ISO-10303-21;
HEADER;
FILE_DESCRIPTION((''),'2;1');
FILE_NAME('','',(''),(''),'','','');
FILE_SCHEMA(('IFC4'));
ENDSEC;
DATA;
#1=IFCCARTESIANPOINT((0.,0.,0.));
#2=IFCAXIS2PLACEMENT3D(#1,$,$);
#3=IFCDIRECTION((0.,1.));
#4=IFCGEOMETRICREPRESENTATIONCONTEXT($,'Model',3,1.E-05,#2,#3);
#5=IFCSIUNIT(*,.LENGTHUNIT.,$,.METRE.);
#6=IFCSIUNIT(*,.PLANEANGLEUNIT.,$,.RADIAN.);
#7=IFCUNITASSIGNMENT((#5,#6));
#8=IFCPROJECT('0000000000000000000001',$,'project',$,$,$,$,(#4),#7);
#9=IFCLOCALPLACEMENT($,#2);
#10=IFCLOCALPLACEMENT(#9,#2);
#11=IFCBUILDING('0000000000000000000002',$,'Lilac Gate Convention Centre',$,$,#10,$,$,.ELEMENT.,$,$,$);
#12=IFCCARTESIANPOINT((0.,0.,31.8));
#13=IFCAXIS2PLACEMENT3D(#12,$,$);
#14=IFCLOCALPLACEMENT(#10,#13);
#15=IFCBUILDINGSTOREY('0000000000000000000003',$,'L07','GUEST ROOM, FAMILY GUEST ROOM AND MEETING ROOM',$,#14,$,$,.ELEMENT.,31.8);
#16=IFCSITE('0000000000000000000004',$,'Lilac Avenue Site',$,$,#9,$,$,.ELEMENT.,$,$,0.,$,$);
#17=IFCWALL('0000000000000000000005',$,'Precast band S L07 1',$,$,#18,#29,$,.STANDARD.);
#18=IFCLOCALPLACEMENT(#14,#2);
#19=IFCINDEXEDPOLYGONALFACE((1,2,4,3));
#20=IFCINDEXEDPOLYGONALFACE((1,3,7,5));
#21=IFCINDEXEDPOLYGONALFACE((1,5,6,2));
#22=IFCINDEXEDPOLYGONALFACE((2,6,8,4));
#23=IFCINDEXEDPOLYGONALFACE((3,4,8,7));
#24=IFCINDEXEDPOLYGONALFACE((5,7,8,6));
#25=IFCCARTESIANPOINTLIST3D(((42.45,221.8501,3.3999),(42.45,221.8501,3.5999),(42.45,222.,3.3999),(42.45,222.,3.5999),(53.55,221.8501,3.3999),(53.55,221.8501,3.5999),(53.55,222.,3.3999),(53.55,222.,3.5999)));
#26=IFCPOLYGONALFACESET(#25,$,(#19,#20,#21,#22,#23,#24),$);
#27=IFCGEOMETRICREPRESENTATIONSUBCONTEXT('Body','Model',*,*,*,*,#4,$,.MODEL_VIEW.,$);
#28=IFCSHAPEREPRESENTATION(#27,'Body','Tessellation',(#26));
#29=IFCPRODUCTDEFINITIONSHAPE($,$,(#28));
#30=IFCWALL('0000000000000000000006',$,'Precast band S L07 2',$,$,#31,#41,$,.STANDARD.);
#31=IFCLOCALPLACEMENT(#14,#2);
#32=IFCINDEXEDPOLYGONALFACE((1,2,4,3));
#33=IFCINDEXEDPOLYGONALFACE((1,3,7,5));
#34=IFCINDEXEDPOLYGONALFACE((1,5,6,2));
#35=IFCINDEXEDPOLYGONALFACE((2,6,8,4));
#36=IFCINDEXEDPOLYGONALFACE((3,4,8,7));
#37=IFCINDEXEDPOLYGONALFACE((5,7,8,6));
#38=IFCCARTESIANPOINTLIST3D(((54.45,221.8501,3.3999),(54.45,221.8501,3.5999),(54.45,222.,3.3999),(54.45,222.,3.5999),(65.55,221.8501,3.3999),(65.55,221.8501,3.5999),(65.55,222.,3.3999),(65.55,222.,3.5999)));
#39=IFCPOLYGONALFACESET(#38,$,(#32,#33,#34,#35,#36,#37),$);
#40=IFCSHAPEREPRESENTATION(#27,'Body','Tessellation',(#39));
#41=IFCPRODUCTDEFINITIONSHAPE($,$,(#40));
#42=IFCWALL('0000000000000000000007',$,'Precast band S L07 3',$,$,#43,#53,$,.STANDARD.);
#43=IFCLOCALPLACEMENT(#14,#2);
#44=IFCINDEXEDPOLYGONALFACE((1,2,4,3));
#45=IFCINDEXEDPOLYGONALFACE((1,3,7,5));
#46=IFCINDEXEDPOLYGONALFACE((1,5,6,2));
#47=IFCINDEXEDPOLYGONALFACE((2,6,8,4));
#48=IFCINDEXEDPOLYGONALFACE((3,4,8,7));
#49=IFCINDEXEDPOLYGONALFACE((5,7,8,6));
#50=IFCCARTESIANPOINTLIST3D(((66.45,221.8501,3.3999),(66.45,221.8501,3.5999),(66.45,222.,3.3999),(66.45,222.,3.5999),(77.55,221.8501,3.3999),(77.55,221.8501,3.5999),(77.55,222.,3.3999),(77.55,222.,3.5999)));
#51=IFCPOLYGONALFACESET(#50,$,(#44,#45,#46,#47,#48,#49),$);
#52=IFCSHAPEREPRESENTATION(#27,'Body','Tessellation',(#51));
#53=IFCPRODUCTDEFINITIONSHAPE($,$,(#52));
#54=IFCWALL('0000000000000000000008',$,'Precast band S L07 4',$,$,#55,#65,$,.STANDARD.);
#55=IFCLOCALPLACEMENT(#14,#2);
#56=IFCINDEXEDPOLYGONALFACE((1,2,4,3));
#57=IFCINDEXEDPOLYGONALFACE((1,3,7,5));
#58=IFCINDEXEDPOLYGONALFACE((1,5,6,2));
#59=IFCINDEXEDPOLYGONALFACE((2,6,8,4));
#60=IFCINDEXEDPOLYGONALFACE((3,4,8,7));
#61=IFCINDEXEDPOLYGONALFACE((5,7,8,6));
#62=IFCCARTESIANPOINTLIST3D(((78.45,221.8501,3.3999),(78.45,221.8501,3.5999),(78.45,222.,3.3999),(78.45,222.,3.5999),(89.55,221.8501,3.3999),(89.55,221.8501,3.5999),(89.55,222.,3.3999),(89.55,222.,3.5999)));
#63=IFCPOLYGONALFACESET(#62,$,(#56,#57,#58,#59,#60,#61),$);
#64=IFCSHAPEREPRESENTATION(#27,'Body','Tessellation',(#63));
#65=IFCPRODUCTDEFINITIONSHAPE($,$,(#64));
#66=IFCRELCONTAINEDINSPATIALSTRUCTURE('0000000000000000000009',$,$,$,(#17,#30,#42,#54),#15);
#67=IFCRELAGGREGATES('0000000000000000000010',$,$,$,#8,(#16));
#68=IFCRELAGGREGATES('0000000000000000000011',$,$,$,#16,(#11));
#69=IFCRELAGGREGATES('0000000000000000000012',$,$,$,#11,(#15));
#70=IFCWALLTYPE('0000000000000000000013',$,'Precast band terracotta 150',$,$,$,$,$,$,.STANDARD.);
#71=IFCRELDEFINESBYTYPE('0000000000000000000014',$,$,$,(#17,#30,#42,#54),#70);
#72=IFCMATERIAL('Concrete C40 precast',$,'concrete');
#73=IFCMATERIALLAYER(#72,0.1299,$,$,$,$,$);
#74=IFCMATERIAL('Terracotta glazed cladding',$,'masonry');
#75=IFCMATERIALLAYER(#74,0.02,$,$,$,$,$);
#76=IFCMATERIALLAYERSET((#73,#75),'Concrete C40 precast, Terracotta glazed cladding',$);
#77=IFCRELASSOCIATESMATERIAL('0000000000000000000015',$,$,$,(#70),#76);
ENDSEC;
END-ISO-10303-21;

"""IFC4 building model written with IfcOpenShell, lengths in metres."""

from ifc_helpers import new_model, si_unit, direction, frame, frame_2d, origin, place, context, subcontext, project, spatial, rectangle, extrude, material, layer, layer_set, type_object, element, save


model = new_model("IFC4")

# Units and contexts
model_context = context("Model", 3, precision=1e-05, world=origin(), true_north=direction((0.0, 1.0)))
body_context = subcontext(model_context, "Body", "Model", "MODEL_VIEW")
ifc_project = project(units=[si_unit("LENGTHUNIT", "METRE"), si_unit("PLANEANGLEUNIT", "RADIAN")], contexts=[model_context])

# Site, building, storey
site_placement = place(None, origin())
site = spatial("IfcSite", under=ifc_project, at=site_placement, Name="Lilac Avenue Site", CompositionType="ELEMENT", RefElevation=0.0)
building_placement = place(site_placement, origin())
building = spatial("IfcBuilding", under=site, at=building_placement, Name="Lilac Gate Convention Centre", CompositionType="ELEMENT")
storey_placement = place(building_placement, frame((0.0, 0.0, 31.8)))
storey = spatial("IfcBuildingStorey", under=building, at=storey_placement, Name="L07", Description="GUEST ROOM, FAMILY GUEST ROOM AND MEETING ROOM", CompositionType="ELEMENT", Elevation=31.8)

# Walls
ifc_material_1 = material(Name="Concrete C40 precast", Category="concrete")
ifc_layer_1 = layer(ifc_material_1, 0.1299)
ifc_material_2 = material(Name="Terracotta glazed cladding", Category="masonry")
ifc_layer_2 = layer(ifc_material_2, 0.02)
ifc_layer_set_1 = layer_set([ifc_layer_1, ifc_layer_2], Name="Concrete C40 precast, Terracotta glazed cladding")
wall_type = type_object("IfcWallType", Name="Precast band terracotta 150", PredefinedType="STANDARD", material=ifc_layer_set_1)
for number, where, z_axis, x_axis, name in (
    (1, (42.45, 221.925, 3.3999), (0.0, 0.0, 1.0), (1.0, 0.0, 0.0), "Precast band S L07 1"),
    (2, (54.45, 221.925, 3.3999), (0.0, 0.0, 1.0), (1.0, 0.0, 0.0), "Precast band S L07 2"),
    (3, (66.45, 221.925, 3.3999), (0.0, 0.0, 1.0), (1.0, 0.0, 0.0), "Precast band S L07 3"),
    (4, (78.45, 221.925, 3.3999), (0.0, 0.0, 1.0), (1.0, 0.0, 0.0), "Precast band S L07 4"),
):
    element("IfcWall", number, at=place(storey_placement, frame(where, z_axis=z_axis, x_axis=x_axis)), inside=storey, type_object=wall_type, Name=name, PredefinedType="STANDARD", context=body_context, shape_type="SweptSolid", body=[
        extrude(rectangle(XDim=11.1001, YDim=0.1499, at=frame_2d((5.55, 0.0))), origin(), (0.0, 0.0, 1.0), 0.2),
    ])

save(model, "model.ifc")
